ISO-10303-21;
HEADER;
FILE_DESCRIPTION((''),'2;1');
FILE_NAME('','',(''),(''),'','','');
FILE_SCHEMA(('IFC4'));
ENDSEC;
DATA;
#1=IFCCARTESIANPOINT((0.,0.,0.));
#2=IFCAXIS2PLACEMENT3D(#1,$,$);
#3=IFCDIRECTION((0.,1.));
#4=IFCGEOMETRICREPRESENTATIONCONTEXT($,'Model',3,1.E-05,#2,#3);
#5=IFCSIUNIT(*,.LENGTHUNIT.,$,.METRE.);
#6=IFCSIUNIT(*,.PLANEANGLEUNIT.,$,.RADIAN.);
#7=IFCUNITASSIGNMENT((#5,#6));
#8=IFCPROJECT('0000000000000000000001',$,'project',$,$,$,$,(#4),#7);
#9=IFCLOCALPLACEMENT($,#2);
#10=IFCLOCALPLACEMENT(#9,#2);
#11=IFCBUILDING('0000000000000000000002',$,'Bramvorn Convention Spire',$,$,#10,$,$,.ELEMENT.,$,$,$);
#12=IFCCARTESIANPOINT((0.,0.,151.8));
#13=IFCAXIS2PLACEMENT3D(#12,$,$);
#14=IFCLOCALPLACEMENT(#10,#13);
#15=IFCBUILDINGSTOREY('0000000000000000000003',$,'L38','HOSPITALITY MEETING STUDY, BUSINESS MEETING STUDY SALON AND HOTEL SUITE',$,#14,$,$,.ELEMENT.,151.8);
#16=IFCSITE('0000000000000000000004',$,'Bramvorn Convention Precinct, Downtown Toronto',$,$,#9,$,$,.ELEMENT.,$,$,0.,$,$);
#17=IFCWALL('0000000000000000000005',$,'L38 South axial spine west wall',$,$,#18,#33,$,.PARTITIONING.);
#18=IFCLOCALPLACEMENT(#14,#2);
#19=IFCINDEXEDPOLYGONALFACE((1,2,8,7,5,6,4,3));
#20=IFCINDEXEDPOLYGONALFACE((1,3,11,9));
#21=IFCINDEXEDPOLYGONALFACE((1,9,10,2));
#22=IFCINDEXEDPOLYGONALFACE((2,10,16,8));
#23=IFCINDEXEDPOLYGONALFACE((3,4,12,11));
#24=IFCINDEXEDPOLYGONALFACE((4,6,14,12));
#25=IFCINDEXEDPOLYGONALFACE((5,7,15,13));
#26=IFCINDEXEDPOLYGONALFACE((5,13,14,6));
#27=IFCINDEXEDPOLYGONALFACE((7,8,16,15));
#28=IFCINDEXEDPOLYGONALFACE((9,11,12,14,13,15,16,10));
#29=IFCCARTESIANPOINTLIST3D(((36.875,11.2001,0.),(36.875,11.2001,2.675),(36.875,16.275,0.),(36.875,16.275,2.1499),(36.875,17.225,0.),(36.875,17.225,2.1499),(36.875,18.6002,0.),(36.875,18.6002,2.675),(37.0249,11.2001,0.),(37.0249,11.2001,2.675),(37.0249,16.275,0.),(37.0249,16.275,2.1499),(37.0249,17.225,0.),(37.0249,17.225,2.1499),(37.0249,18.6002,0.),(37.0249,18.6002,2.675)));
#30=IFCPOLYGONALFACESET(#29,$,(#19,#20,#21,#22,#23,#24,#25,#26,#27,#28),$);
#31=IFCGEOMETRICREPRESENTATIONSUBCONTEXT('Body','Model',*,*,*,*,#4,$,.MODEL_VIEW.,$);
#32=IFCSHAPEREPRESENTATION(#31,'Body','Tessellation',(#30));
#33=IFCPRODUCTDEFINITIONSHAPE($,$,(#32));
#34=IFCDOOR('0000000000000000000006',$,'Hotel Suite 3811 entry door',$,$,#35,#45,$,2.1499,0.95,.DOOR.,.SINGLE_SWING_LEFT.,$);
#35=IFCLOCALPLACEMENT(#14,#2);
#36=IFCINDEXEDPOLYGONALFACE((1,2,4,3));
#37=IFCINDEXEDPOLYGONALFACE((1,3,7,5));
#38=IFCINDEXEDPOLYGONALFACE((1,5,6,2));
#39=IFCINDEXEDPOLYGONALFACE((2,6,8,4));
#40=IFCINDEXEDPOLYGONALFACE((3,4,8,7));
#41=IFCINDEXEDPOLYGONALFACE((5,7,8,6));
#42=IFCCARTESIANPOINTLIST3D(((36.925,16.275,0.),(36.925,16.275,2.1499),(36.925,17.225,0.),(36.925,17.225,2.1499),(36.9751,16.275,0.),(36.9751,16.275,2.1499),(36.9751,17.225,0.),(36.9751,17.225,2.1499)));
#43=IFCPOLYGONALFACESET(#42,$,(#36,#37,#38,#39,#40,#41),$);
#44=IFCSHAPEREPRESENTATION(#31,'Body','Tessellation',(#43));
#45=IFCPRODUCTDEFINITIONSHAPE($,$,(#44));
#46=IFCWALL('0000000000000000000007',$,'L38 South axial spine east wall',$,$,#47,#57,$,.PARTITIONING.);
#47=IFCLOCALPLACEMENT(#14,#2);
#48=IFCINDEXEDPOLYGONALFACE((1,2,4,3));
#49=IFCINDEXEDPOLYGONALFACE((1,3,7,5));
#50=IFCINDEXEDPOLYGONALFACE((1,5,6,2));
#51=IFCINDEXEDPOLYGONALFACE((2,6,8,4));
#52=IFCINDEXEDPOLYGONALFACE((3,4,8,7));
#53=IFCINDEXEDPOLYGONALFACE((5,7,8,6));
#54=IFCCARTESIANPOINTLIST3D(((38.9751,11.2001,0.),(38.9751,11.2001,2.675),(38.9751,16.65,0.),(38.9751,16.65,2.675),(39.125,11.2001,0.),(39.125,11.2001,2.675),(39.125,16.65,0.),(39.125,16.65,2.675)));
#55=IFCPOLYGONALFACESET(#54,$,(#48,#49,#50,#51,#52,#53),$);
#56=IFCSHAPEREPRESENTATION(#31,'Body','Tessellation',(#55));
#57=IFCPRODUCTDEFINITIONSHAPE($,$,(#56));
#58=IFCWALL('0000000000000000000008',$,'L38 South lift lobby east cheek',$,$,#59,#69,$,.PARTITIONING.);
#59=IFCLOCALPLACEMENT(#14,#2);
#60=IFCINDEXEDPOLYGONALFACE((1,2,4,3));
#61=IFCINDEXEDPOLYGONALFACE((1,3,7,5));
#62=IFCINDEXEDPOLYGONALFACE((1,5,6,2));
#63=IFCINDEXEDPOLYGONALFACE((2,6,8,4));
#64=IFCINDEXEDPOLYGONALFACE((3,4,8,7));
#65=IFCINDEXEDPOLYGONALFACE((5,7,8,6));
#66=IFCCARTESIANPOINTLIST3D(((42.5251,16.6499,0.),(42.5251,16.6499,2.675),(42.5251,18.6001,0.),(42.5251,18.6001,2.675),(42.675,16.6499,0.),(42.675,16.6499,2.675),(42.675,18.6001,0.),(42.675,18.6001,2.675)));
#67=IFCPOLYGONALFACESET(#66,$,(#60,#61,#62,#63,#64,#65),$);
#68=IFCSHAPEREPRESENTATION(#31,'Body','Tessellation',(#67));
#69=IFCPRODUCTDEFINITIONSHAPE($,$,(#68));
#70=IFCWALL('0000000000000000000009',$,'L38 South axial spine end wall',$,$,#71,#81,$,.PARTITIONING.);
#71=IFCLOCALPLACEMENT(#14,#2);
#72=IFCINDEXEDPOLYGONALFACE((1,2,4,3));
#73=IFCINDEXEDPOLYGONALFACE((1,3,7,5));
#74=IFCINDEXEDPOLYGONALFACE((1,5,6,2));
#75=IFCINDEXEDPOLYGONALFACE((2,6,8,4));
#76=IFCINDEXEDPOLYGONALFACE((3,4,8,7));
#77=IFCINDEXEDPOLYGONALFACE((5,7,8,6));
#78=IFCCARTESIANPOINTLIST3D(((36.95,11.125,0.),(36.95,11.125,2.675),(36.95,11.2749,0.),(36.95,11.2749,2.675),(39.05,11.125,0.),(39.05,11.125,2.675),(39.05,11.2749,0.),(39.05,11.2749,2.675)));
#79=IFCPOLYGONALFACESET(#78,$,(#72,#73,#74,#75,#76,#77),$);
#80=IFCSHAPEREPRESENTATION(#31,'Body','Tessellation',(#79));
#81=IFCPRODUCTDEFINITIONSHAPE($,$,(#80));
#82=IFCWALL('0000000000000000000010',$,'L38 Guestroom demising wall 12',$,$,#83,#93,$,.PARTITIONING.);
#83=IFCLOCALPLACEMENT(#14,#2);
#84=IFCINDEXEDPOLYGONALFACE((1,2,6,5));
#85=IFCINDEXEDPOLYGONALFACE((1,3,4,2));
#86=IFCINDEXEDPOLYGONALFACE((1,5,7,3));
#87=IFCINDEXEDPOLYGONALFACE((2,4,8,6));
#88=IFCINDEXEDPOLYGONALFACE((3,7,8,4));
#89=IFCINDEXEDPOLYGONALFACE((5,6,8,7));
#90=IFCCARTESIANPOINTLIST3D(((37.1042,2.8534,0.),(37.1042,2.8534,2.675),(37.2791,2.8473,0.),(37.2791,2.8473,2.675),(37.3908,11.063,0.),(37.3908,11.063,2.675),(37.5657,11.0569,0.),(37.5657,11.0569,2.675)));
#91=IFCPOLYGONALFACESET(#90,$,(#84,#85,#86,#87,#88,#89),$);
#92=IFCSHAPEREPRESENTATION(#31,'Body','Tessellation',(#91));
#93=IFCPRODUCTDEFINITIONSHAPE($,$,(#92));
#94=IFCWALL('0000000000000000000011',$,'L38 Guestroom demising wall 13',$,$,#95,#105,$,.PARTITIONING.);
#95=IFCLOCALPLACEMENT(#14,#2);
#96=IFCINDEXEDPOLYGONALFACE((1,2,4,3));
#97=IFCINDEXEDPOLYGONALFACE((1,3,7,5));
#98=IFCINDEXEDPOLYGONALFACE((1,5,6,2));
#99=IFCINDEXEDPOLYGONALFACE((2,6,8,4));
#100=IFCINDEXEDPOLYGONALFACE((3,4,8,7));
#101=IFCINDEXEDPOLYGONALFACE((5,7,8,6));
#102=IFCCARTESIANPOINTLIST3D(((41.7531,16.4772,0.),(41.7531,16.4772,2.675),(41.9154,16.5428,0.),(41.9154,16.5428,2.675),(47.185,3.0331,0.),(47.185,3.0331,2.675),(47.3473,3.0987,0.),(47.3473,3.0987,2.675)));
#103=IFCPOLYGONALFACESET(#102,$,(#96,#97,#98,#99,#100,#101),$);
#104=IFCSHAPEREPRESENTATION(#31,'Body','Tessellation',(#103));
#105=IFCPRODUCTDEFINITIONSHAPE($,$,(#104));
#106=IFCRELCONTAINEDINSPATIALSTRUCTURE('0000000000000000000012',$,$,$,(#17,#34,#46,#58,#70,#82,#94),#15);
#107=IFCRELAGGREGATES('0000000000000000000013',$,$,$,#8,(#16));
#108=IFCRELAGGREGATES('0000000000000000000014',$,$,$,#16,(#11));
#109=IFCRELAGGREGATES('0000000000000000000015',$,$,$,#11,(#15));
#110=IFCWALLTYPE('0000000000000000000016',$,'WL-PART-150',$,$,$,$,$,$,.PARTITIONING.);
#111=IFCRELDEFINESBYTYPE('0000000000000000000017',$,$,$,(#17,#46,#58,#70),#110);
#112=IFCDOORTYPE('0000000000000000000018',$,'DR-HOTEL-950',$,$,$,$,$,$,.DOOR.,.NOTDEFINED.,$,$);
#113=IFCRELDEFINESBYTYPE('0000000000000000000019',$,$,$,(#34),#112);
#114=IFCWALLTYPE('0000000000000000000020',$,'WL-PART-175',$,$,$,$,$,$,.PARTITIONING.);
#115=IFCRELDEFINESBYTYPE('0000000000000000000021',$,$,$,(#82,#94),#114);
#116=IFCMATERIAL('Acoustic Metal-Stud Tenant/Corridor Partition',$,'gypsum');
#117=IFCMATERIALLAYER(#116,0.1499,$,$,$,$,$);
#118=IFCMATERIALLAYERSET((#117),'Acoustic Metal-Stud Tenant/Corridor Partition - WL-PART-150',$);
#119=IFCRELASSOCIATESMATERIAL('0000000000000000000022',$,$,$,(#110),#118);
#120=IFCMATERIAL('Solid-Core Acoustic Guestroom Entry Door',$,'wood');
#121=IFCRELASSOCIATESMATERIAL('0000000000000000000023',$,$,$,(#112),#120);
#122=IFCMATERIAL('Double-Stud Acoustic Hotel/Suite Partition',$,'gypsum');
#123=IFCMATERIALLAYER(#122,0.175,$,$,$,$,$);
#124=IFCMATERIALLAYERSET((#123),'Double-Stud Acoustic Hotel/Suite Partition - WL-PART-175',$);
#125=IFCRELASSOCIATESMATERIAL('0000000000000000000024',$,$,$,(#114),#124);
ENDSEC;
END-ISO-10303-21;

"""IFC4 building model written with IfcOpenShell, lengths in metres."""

from ifc_helpers import new_model, si_unit, direction, frame, frame_2d, origin, place, context, subcontext, project, spatial, rectangle, extrude, material, layer, layer_set, type_object, element, fill, save


model = new_model("IFC4")

# Units and contexts
model_context = context("Model", 3, precision=1e-05, world=origin(), true_north=direction((0.0, 1.0)))
body_context = subcontext(model_context, "Body", "Model", "MODEL_VIEW")
ifc_project = project(units=[si_unit("LENGTHUNIT", "METRE"), si_unit("PLANEANGLEUNIT", "RADIAN")], contexts=[model_context])

# Site, building, storey
site_placement = place(None, origin())
site = spatial("IfcSite", under=ifc_project, at=site_placement, Name="Bramvorn Convention Precinct, Downtown Toronto", CompositionType="ELEMENT", RefElevation=0.0)
building_placement = place(site_placement, origin())
building = spatial("IfcBuilding", under=site, at=building_placement, Name="Bramvorn Convention Spire", CompositionType="ELEMENT")
storey_placement = place(building_placement, frame((0.0, 0.0, 151.8)))
storey = spatial("IfcBuildingStorey", under=building, at=storey_placement, Name="L38", Description="HOSPITALITY MEETING STUDY, BUSINESS MEETING STUDY SALON AND HOTEL SUITE", CompositionType="ELEMENT", Elevation=151.8)

# Wall, opening, door
ifc_material_1 = material(Name="Acoustic Metal-Stud Tenant/Corridor Partition", Category="gypsum")
ifc_layer_1 = layer(ifc_material_1, 0.1499)
ifc_layer_set_1 = layer_set([ifc_layer_1], Name="Acoustic Metal-Stud Tenant/Corridor Partition - WL-PART-150")
wall_type_1 = type_object("IfcWallType", Name="WL-PART-150", PredefinedType="PARTITIONING", material=ifc_layer_set_1)
wall_1_placement = place(storey_placement, frame((36.95, 11.2, 0.0), z_axis=(0.0, 0.0, 1.0), x_axis=(0.0, 1.0, 0.0)))
wall_1 = element("IfcWall", 1, at=wall_1_placement, inside=storey, type_object=wall_type_1, Name="L38 South axial spine west wall", PredefinedType="PARTITIONING", context=body_context, shape_type="SweptSolid", body=[
    extrude(rectangle(XDim=7.4001, YDim=0.1499, at=frame_2d((3.7002, 0.0))), origin(), (0.0, 0.0, 1.0), 2.675),
])
opening_1_placement = place(wall_1_placement, frame((5.075, 0.0, 0.0)))
opening_1 = element("IfcOpeningElement", 2, at=opening_1_placement, cuts=wall_1, PredefinedType="OPENING", context=body_context, shape_type="SweptSolid", body=[
    extrude(rectangle(XDim=0.95, YDim=2.1499, at=frame_2d((0.4751, 1.075))), frame((0.0, 0.085, 0.0), z_axis=(0.0, -1.0, 0.0), x_axis=(1.0, 0.0, 0.0)), (0.0, 0.0, 1.0), 0.1699),
])
ifc_material_2 = material(Name="Solid-Core Acoustic Guestroom Entry Door", Category="wood")
door_type_1 = type_object("IfcDoorType", Name="DR-HOTEL-950", OperationType="NOTDEFINED", PredefinedType="DOOR", material=ifc_material_2)
door_1_placement = place(opening_1_placement, origin())
door_1 = element("IfcDoor", 3, at=door_1_placement, inside=storey, type_object=door_type_1, Name="Hotel Suite 3811 entry door", OperationType="SINGLE_SWING_LEFT", OverallHeight=2.1499, OverallWidth=0.95, PredefinedType="DOOR", context=body_context, shape_type="SweptSolid", body=[
    extrude(rectangle(XDim=0.95, YDim=2.1499, at=frame_2d((0.4751, 1.075))), frame((0.0, 0.0249, 0.0), z_axis=(0.0, -1.0, 0.0), x_axis=(1.0, 0.0, 0.0)), (0.0, 0.0, 1.0), 0.05),
])
fill(opening_1, door_1)

# Wall
wall_2_placement = place(storey_placement, frame((39.05, 11.2, 0.0), z_axis=(0.0, 0.0, 1.0), x_axis=(0.0, 1.0, 0.0)))
element("IfcWall", 4, at=wall_2_placement, inside=storey, type_object=wall_type_1, Name="L38 South axial spine east wall", PredefinedType="PARTITIONING", context=body_context, shape_type="SweptSolid", body=[
    extrude(rectangle(XDim=5.45, YDim=0.1499, at=frame_2d((2.7251, 0.0))), origin(), (0.0, 0.0, 1.0), 2.675),
])

# Walls
wall_3_placement = place(storey_placement, frame((42.6001, 16.6499, 0.0), z_axis=(0.0, 0.0, 1.0), x_axis=(0.0, 1.0, 0.0)))
element("IfcWall", 5, at=wall_3_placement, inside=storey, type_object=wall_type_1, Name="L38 South lift lobby east cheek", PredefinedType="PARTITIONING", context=body_context, shape_type="SweptSolid", body=[
    extrude(rectangle(XDim=1.9502, YDim=0.1499, at=frame_2d((0.9751, 0.0))), origin(), (0.0, 0.0, 1.0), 2.675),
])
wall_4_placement = place(storey_placement, frame((36.95, 11.2, 0.0), z_axis=(0.0, 0.0, 1.0), x_axis=(1.0, 0.0, 0.0)))
element("IfcWall", 6, at=wall_4_placement, inside=storey, type_object=wall_type_1, Name="L38 South axial spine end wall", PredefinedType="PARTITIONING", context=body_context, shape_type="SweptSolid", body=[
    extrude(rectangle(XDim=2.1001, YDim=0.1499, at=frame_2d((1.05, 0.0))), origin(), (0.0, 0.0, 1.0), 2.675),
])
ifc_material_3 = material(Name="Double-Stud Acoustic Hotel/Suite Partition", Category="gypsum")
ifc_layer_2 = layer(ifc_material_3, 0.175)
ifc_layer_set_2 = layer_set([ifc_layer_2], Name="Double-Stud Acoustic Hotel/Suite Partition - WL-PART-175")
wall_type_2 = type_object("IfcWallType", Name="WL-PART-175", PredefinedType="PARTITIONING", material=ifc_layer_set_2)
wall_5_placement = place(storey_placement, frame((37.4783, 11.0601, 0.0), z_axis=(0.0, 0.0, 1.0), x_axis=(-0.034891, -0.999391, 0.0)))
element("IfcWall", 7, at=wall_5_placement, inside=storey, type_object=wall_type_2, Name="L38 Guestroom demising wall 12", PredefinedType="PARTITIONING", context=body_context, shape_type="SweptSolid", body=[
    extrude(rectangle(XDim=8.2146, YDim=0.175, at=frame_2d((4.1074, 0.0))), origin(), (0.0, 0.0, 1.0), 2.675),
])
wall_6_placement = place(storey_placement, frame((41.8342, 16.51, 0.0), z_axis=(0.0, 0.0, 1.0), x_axis=(0.374614, -0.927181, 0.0)))
element("IfcWall", 8, at=wall_6_placement, inside=storey, type_object=wall_type_2, Name="L38 Guestroom demising wall 13", PredefinedType="PARTITIONING", context=body_context, shape_type="SweptSolid", body=[
    extrude(rectangle(XDim=14.5, YDim=0.175, at=frame_2d((7.25, 0.0))), origin(), (0.0, 0.0, 1.0), 2.675),
])

save(model, "model.ifc")
